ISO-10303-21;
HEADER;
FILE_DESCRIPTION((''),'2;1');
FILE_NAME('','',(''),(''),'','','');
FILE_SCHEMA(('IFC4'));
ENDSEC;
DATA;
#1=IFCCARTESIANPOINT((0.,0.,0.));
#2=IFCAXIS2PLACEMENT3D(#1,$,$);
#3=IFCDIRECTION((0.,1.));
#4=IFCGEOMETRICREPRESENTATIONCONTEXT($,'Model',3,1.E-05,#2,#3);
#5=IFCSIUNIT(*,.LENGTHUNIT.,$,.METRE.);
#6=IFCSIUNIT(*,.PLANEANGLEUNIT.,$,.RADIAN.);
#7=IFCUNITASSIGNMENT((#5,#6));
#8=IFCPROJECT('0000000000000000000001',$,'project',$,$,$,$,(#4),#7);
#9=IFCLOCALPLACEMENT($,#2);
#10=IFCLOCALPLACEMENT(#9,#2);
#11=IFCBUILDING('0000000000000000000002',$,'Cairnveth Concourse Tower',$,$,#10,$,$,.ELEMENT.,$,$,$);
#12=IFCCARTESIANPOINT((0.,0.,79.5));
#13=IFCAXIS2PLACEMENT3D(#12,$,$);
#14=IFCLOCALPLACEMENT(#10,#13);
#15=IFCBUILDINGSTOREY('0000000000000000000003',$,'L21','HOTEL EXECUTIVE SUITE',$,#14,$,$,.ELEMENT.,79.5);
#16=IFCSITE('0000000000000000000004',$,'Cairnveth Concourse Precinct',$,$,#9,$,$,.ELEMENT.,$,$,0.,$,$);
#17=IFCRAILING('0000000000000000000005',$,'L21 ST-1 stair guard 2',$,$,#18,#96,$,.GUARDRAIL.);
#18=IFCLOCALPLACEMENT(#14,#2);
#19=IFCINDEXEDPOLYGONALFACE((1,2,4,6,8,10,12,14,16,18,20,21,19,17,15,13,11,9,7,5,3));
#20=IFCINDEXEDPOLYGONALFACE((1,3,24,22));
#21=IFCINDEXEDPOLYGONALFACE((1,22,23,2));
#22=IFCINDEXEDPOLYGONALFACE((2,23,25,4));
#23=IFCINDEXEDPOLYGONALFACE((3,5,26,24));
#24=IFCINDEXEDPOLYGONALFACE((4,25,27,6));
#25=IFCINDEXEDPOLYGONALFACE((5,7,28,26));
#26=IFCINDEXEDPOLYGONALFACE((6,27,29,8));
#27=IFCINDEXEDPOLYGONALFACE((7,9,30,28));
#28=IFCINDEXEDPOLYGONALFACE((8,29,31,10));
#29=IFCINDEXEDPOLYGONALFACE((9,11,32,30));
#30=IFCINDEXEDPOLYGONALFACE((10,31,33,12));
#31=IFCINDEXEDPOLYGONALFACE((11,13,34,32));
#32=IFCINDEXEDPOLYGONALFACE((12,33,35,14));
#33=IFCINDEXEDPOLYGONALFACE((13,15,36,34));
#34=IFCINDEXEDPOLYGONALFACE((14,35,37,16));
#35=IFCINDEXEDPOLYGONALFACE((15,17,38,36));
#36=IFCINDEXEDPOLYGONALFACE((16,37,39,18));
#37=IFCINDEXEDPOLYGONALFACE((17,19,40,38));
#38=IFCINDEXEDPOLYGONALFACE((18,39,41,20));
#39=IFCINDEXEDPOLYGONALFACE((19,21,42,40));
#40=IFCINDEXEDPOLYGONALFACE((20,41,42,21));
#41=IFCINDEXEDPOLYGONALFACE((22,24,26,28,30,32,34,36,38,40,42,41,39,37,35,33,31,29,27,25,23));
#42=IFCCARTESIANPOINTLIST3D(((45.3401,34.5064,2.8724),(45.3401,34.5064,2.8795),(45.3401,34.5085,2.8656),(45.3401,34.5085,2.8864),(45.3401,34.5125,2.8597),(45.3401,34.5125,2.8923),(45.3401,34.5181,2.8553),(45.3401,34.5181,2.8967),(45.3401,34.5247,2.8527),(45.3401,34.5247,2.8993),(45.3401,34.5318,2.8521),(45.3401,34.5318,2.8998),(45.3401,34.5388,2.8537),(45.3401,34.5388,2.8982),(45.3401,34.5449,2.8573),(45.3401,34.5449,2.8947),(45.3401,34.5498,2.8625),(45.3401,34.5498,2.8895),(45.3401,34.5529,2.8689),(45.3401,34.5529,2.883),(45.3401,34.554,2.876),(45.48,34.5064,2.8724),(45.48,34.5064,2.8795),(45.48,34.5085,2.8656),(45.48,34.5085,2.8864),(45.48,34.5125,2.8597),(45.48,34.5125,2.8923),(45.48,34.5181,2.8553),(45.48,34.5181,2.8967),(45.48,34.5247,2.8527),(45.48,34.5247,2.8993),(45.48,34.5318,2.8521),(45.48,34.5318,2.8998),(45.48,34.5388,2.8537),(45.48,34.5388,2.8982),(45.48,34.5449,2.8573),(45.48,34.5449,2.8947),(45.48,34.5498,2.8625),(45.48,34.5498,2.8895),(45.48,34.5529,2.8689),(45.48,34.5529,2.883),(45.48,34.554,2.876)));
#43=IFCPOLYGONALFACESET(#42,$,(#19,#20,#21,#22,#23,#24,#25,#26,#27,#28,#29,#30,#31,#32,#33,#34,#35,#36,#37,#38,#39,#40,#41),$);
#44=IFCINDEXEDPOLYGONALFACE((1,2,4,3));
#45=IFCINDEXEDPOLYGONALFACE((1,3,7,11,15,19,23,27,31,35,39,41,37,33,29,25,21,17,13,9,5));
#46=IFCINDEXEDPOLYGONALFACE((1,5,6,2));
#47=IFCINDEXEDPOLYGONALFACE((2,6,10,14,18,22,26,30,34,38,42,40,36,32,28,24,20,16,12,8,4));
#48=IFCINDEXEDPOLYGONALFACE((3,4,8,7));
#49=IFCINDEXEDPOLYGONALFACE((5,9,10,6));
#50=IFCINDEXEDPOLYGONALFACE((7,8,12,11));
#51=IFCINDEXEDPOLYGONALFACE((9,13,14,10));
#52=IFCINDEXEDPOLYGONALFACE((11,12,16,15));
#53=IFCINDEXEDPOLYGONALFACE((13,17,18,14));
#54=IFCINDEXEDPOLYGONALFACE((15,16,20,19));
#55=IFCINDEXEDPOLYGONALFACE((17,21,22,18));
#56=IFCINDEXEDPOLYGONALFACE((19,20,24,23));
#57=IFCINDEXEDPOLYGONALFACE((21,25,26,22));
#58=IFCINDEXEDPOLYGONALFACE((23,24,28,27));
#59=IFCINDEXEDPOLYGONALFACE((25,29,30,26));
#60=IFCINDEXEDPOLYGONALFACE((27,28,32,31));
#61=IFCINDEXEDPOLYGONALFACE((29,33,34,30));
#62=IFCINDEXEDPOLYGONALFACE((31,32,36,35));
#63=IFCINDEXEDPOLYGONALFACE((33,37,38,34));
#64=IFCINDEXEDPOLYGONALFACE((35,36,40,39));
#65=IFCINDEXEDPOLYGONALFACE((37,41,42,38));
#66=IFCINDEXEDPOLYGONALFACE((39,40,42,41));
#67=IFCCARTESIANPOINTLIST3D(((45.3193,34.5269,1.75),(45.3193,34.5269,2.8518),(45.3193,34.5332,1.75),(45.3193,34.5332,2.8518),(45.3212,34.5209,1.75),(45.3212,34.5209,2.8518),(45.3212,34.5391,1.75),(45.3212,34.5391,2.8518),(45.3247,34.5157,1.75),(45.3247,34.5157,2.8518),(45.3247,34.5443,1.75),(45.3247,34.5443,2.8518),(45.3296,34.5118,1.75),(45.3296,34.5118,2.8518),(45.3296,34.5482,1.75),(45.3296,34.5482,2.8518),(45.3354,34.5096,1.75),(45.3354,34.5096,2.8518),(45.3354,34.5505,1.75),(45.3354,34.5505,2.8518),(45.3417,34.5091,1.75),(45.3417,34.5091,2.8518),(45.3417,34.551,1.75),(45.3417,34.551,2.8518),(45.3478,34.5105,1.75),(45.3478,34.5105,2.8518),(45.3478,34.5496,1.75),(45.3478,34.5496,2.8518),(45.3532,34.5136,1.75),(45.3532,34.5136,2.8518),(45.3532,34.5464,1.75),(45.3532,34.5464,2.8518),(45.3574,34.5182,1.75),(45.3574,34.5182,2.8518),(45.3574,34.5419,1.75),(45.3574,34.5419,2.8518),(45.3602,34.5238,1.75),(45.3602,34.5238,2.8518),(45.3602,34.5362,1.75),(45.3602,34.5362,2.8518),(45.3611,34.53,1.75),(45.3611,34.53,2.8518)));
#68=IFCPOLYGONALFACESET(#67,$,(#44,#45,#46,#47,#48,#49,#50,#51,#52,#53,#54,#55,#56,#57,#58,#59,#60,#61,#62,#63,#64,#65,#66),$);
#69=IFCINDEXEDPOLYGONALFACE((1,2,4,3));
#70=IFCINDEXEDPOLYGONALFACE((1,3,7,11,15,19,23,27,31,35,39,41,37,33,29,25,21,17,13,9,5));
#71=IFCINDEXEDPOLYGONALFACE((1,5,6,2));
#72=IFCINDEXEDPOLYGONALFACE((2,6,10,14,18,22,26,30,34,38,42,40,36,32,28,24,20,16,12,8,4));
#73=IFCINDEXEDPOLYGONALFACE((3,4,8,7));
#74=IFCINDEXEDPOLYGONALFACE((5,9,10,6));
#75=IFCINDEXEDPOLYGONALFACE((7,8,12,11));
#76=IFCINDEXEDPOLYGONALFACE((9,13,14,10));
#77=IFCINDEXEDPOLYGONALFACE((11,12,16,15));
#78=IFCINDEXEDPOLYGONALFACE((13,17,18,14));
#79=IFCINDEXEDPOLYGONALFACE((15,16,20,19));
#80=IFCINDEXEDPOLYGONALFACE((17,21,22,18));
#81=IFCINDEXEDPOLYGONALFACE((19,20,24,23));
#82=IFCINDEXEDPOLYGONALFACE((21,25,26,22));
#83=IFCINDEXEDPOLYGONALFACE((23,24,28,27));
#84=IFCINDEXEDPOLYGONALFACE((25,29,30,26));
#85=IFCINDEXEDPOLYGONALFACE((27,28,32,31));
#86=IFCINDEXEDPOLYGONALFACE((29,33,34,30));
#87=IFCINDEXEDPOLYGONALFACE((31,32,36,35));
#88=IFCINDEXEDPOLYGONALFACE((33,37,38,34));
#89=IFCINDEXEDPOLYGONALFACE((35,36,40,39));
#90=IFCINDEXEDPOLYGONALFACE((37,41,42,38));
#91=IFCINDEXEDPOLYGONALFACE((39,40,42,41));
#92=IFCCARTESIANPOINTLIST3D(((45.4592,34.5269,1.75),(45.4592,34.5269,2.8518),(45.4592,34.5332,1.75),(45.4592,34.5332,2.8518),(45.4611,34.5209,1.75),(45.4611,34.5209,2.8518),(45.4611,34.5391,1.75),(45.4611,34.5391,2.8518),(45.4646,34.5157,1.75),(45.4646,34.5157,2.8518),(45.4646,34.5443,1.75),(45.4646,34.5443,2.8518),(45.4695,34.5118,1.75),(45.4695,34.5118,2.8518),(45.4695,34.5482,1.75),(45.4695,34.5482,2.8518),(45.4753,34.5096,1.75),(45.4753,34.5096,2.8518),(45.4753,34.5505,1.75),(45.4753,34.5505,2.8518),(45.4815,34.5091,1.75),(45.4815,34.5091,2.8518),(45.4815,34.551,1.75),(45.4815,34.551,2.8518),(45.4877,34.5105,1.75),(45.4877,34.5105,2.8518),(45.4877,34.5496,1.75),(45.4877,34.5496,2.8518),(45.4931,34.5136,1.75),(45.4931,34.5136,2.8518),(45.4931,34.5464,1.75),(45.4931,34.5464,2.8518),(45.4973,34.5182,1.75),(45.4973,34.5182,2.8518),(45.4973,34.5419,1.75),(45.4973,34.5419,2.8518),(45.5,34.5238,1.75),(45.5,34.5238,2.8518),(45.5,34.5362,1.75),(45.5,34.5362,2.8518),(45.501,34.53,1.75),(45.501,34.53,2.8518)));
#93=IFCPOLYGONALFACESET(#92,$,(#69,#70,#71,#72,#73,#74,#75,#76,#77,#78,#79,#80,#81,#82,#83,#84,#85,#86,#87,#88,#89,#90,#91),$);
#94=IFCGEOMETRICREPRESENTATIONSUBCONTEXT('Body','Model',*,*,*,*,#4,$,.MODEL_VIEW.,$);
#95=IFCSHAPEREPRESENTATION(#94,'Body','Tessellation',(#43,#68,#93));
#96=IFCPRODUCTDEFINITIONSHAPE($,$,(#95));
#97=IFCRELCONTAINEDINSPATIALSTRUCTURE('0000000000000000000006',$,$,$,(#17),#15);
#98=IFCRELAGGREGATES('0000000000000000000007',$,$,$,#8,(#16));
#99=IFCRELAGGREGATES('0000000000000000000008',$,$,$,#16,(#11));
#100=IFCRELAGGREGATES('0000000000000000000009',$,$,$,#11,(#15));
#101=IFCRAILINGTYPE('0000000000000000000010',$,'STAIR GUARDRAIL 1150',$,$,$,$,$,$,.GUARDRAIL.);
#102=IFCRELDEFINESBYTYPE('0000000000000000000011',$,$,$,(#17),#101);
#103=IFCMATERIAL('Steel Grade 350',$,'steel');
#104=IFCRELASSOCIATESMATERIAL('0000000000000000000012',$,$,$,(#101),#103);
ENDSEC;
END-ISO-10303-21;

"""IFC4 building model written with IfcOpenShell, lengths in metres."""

from ifc_helpers import new_model, si_unit, direction, frame, origin, origin_2d, place, context, subcontext, project, spatial, circle, extrude, material, type_object, element, save


model = new_model("IFC4")

# Units and contexts
model_context = context("Model", 3, precision=1e-05, world=origin(), true_north=direction((0.0, 1.0)))
body_context = subcontext(model_context, "Body", "Model", "MODEL_VIEW")
ifc_project = project(units=[si_unit("LENGTHUNIT", "METRE"), si_unit("PLANEANGLEUNIT", "RADIAN")], contexts=[model_context])

# Site, building, storey
site_placement = place(None, origin())
site = spatial("IfcSite", under=ifc_project, at=site_placement, Name="Cairnveth Concourse Precinct", CompositionType="ELEMENT", RefElevation=0.0)
building_placement = place(site_placement, origin())
building = spatial("IfcBuilding", under=site, at=building_placement, Name="Cairnveth Concourse Tower", CompositionType="ELEMENT")
storey_placement = place(building_placement, frame((0.0, 0.0, 79.5)))
storey = spatial("IfcBuildingStorey", under=building, at=storey_placement, Name="L21", Description="HOTEL EXECUTIVE SUITE", CompositionType="ELEMENT", Elevation=79.5)

# Railing
ifc_material_1 = material(Name="Steel Grade 350", Category="steel")
railing_type_1 = type_object("IfcRailingType", Name="STAIR GUARDRAIL 1150", PredefinedType="GUARDRAIL", material=ifc_material_1)
railing_1_placement = place(storey_placement, frame((45.3401, 34.53, 1.75)))
element("IfcRailing", 1, at=railing_1_placement, inside=storey, type_object=railing_type_1, Name="L21 ST-1 stair guard 2", PredefinedType="GUARDRAIL", context=body_context, shape_type="SweptSolid", body=[
    extrude(circle(Radius=0.0239, at=origin_2d()), frame((0.0, 0.0, 1.126), z_axis=(1.0, 0.0, 0.0), x_axis=(0.0, 1.0, 0.0)), (0.0, 0.0, 1.0), 0.1399),
    extrude(circle(Radius=0.021, at=origin_2d()), origin(), (0.0, 0.0, 1.0), 1.1018),
    extrude(circle(Radius=0.021, at=origin_2d()), frame((0.1399, 0.0, 0.0)), (0.0, 0.0, 1.0), 1.1018),
])

save(model, "model.ifc")
